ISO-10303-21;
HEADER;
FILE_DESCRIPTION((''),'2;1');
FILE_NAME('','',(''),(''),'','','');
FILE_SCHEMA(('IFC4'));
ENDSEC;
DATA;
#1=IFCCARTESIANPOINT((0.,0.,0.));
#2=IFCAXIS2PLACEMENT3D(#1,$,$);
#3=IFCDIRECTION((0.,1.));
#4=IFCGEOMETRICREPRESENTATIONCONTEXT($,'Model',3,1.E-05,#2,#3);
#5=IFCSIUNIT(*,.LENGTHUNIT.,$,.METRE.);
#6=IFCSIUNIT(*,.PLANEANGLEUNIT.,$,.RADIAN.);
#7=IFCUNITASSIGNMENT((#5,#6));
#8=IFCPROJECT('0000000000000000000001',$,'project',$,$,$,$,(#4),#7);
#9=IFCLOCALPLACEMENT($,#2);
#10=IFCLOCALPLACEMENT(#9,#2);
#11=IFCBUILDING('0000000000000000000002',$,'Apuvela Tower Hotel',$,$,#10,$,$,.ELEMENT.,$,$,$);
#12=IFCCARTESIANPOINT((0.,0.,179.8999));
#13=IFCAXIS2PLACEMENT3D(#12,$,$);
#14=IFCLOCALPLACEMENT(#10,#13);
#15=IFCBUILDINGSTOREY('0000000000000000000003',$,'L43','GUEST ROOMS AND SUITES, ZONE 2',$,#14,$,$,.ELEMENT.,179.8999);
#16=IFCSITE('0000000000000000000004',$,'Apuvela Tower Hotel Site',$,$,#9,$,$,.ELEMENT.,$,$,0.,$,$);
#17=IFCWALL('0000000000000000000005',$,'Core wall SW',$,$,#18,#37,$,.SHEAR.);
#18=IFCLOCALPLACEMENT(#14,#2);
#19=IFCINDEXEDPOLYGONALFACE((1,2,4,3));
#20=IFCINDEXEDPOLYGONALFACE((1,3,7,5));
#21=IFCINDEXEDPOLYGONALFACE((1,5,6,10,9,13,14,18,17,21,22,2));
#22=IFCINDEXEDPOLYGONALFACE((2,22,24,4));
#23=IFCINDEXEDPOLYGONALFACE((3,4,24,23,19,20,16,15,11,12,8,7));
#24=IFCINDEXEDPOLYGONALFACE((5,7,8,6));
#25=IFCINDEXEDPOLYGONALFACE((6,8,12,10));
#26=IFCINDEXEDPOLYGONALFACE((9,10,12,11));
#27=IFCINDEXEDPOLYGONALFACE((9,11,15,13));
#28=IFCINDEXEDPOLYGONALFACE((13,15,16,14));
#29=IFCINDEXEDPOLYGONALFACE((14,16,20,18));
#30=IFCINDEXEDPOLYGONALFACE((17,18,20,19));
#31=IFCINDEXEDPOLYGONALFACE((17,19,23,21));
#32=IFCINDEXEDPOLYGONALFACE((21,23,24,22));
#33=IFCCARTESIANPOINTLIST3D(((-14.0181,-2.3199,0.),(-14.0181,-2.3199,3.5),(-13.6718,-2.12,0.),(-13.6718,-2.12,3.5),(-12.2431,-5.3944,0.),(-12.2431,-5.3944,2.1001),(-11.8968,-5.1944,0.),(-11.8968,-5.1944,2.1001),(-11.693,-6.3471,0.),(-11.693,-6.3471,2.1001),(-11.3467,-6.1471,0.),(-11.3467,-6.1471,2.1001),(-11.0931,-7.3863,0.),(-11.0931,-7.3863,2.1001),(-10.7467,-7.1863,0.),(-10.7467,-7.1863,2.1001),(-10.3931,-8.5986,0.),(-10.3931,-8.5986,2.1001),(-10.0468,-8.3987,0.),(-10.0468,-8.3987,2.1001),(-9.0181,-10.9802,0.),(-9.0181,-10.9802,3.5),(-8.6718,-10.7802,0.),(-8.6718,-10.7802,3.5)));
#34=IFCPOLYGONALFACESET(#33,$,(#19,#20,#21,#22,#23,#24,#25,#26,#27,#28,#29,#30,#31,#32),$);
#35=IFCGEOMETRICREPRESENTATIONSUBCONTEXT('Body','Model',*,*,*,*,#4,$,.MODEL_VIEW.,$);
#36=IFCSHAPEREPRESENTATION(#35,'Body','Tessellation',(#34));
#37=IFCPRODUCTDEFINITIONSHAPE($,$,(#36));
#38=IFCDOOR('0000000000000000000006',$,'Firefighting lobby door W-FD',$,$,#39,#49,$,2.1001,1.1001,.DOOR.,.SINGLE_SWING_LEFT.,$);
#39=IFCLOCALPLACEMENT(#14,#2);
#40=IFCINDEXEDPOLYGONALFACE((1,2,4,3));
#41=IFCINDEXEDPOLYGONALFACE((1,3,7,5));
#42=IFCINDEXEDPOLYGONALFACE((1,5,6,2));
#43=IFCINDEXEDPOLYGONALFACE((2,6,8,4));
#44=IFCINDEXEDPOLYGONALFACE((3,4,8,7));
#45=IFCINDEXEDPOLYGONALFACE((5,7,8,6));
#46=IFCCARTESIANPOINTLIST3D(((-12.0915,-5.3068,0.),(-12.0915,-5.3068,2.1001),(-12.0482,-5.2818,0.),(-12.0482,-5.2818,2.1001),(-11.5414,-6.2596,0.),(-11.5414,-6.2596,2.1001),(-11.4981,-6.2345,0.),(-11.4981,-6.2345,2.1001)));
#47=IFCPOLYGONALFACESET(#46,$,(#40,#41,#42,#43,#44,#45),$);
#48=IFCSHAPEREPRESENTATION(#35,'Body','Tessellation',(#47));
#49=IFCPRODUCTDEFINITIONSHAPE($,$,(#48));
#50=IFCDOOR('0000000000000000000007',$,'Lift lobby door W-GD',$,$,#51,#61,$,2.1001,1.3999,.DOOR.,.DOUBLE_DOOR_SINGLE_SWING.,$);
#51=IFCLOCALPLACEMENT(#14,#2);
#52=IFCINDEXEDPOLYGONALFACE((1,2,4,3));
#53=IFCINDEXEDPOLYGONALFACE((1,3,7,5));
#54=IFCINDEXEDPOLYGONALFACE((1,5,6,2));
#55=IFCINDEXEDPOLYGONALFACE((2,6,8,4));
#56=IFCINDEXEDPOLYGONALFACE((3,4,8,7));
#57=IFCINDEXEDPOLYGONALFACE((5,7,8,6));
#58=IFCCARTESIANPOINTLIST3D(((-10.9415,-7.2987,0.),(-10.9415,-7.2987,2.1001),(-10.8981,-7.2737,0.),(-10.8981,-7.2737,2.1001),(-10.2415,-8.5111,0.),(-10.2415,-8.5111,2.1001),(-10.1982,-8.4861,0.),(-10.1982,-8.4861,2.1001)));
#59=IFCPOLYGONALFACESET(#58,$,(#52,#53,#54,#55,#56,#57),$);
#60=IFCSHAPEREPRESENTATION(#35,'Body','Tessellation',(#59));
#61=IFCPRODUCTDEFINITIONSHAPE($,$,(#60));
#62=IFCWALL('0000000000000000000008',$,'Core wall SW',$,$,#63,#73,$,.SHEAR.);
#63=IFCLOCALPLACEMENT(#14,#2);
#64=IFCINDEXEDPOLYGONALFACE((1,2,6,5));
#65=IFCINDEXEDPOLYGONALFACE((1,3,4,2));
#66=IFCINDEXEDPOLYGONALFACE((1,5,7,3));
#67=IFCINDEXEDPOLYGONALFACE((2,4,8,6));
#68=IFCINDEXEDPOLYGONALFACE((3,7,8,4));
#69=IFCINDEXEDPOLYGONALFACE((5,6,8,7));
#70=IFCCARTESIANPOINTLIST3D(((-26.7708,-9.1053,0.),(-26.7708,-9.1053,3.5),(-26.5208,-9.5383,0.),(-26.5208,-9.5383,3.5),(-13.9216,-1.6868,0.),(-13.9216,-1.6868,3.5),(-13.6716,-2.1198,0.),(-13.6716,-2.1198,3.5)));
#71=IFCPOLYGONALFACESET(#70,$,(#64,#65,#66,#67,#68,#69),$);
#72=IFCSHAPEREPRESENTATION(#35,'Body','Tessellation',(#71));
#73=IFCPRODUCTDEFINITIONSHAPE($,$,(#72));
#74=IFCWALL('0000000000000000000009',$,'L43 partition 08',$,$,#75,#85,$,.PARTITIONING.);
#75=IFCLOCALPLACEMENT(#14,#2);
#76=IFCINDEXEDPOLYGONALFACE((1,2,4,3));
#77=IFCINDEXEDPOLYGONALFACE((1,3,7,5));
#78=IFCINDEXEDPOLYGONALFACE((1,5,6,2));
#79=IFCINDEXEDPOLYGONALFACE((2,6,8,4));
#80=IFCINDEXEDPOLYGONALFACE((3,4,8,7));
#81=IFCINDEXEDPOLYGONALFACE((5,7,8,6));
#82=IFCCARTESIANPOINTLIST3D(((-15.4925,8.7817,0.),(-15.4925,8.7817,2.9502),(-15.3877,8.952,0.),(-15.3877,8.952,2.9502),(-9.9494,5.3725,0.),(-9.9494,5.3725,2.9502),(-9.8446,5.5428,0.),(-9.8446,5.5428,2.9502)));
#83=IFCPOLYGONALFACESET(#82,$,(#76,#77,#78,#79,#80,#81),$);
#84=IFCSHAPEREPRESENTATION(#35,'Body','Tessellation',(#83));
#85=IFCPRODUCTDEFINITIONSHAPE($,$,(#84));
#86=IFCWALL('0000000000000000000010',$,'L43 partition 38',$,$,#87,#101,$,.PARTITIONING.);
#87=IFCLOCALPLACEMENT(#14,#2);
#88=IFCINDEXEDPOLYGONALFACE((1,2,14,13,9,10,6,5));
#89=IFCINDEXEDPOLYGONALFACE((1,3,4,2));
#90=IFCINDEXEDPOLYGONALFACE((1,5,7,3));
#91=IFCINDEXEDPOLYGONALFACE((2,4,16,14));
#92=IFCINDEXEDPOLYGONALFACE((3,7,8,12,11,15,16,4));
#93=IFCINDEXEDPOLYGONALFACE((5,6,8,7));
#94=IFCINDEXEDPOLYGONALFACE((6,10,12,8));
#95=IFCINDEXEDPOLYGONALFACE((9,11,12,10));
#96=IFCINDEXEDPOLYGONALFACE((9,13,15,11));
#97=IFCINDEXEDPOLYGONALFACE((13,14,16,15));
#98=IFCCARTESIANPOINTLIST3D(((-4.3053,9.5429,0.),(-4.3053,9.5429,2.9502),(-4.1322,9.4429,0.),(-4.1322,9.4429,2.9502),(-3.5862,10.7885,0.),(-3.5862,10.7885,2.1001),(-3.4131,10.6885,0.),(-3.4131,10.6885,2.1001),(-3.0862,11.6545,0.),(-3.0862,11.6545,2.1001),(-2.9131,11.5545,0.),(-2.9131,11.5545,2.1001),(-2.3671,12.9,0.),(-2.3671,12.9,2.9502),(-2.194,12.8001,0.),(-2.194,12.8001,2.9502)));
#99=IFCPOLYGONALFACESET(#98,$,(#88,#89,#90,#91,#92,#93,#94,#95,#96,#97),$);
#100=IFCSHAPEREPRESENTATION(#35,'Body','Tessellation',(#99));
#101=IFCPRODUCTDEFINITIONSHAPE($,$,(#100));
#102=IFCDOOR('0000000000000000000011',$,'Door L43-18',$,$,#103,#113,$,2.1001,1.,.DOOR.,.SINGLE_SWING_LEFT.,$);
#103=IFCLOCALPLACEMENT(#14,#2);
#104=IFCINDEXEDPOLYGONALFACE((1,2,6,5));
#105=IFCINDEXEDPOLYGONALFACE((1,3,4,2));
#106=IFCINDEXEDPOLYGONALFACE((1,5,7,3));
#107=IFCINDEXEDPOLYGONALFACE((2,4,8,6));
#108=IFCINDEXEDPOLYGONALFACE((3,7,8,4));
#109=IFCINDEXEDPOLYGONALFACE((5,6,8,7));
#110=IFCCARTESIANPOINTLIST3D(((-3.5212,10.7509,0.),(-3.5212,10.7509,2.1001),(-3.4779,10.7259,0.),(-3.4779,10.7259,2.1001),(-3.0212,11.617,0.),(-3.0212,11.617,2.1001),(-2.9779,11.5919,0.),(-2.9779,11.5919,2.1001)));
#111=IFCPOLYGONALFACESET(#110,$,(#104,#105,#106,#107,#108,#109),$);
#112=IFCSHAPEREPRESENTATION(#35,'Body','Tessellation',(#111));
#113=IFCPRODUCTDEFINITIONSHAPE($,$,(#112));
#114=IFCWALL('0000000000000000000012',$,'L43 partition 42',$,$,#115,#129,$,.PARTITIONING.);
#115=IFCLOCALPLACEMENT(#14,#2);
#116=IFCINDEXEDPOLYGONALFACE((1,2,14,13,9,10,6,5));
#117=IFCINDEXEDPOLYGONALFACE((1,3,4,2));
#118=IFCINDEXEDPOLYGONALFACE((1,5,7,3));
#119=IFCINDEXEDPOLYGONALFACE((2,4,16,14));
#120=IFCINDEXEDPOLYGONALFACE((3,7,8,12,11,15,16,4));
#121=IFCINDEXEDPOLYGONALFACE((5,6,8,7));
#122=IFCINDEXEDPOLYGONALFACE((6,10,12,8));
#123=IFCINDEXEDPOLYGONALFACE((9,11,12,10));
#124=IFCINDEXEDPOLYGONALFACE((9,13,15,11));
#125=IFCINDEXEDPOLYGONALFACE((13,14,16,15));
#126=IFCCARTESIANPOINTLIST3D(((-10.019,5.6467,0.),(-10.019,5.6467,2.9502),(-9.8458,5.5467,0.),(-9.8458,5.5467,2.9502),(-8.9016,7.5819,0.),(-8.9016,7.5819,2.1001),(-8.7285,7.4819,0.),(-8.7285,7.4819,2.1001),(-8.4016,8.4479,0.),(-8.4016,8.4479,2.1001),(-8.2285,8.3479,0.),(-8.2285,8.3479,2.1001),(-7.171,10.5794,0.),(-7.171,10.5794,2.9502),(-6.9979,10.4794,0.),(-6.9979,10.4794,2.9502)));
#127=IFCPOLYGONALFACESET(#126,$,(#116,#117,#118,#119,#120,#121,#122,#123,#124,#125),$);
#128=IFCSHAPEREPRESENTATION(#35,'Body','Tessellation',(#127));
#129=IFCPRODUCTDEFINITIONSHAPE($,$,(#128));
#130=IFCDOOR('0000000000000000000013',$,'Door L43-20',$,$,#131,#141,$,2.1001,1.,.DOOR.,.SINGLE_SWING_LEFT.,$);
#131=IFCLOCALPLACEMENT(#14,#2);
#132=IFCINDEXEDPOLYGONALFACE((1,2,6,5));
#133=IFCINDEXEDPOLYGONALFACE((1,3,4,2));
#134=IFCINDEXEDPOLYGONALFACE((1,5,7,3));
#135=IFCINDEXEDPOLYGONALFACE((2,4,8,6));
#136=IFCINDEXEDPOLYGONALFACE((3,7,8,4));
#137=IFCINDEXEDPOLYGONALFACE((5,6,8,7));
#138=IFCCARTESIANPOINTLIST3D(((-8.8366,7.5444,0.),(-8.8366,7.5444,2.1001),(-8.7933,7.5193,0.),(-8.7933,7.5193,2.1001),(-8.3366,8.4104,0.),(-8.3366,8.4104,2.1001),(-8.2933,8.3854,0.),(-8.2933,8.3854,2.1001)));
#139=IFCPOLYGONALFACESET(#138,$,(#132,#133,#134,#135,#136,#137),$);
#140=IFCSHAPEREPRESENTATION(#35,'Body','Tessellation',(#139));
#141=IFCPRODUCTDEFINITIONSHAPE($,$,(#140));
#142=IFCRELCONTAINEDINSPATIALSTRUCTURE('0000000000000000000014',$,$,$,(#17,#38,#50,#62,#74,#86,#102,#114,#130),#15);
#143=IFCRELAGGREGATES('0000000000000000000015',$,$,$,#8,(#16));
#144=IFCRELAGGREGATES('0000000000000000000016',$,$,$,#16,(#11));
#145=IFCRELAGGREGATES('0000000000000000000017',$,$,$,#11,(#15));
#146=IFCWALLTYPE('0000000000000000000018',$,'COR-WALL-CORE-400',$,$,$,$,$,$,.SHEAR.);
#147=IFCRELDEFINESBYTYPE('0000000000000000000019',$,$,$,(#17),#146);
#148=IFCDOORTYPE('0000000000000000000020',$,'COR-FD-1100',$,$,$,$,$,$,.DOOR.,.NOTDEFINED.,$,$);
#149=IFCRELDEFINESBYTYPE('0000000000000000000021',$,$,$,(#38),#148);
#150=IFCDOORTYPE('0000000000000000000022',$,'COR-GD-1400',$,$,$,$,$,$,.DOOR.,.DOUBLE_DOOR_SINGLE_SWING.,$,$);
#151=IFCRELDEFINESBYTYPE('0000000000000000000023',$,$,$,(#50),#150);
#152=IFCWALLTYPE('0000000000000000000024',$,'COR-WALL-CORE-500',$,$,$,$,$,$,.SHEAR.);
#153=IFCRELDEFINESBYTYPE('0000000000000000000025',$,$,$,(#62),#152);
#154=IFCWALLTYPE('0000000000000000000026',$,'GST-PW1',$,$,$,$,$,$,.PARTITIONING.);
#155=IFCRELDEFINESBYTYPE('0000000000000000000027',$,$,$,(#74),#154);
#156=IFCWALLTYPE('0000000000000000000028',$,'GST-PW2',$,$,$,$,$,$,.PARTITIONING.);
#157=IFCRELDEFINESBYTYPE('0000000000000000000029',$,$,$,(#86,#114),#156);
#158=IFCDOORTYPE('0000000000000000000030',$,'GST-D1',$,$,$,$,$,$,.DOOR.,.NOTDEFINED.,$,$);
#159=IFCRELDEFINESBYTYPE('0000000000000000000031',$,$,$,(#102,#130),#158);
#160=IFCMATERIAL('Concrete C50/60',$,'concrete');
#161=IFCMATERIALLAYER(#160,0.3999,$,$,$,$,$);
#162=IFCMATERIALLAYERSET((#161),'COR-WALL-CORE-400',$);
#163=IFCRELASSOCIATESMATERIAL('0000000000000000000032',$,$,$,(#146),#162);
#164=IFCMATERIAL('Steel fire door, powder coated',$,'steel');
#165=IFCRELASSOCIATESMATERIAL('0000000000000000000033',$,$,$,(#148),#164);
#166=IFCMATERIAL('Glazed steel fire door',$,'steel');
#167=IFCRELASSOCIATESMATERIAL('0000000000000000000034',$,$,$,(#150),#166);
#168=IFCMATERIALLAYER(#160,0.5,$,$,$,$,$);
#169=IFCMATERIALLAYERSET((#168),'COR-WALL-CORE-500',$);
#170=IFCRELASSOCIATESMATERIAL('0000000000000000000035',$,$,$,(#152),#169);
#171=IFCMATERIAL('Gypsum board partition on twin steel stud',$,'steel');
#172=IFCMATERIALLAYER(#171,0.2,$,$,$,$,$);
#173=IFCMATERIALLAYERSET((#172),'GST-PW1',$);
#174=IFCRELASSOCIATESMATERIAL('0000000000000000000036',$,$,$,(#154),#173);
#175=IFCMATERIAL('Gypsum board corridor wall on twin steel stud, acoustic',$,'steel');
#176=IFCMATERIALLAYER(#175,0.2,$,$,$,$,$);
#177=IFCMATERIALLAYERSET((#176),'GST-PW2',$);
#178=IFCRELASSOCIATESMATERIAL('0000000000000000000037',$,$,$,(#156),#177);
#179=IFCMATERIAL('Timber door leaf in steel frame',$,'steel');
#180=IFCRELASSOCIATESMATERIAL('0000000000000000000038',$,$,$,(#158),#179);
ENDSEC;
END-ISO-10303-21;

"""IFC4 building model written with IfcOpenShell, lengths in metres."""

from ifc_helpers import new_model, si_unit, direction, frame, frame_2d, origin, place, context, subcontext, project, spatial, rectangle, extrude, material, layer, layer_set, type_object, element, fill, save


model = new_model("IFC4")

# Units and contexts
model_context = context("Model", 3, precision=1e-05, world=origin(), true_north=direction((0.0, 1.0)))
body_context = subcontext(model_context, "Body", "Model", "MODEL_VIEW")
ifc_project = project(units=[si_unit("LENGTHUNIT", "METRE"), si_unit("PLANEANGLEUNIT", "RADIAN")], contexts=[model_context])

# Site, building, storey
site_placement = place(None, origin())
site = spatial("IfcSite", under=ifc_project, at=site_placement, Name="Apuvela Tower Hotel Site", CompositionType="ELEMENT", RefElevation=0.0)
building_placement = place(site_placement, origin())
building = spatial("IfcBuilding", under=site, at=building_placement, Name="Apuvela Tower Hotel", CompositionType="ELEMENT")
storey_placement = place(building_placement, frame((0.0, 0.0, 179.8999)))
storey = spatial("IfcBuildingStorey", under=building, at=storey_placement, Name="L43", Description="GUEST ROOMS AND SUITES, ZONE 2", CompositionType="ELEMENT", Elevation=179.8999)

# Wall, openings, doors
ifc_material_1 = material(Name="Concrete C50/60", Category="concrete")
ifc_layer_1 = layer(ifc_material_1, 0.3999)
ifc_layer_set_1 = layer_set([ifc_layer_1], Name="COR-WALL-CORE-400")
wall_type_1 = type_object("IfcWallType", Name="COR-WALL-CORE-400", PredefinedType="SHEAR", material=ifc_layer_set_1)
wall_1_placement = place(storey_placement, frame((-13.845, -2.22, 0.0), z_axis=(0.0, 0.0, 1.0), x_axis=(0.500004, -0.866023, 0.0)))
wall_1 = element("IfcWall", 1, at=wall_1_placement, inside=storey, type_object=wall_type_1, Name="Core wall SW", PredefinedType="SHEAR", context=body_context, shape_type="SweptSolid", body=[
    extrude(rectangle(XDim=10.0, YDim=0.3999, at=frame_2d((5.0, 0.0))), origin(), (0.0, 0.0, 1.0), 3.5),
])
opening_1_placement = place(wall_1_placement, frame((3.55, 0.0, 0.0)))
opening_1 = element("IfcOpeningElement", 2, at=opening_1_placement, cuts=wall_1, PredefinedType="OPENING", context=body_context, shape_type="SweptSolid", body=[
    extrude(rectangle(XDim=1.1001, YDim=2.1001, at=frame_2d((0.55, 1.05))), frame((0.0, 0.21, 0.0), z_axis=(0.0, -1.0, 0.0), x_axis=(1.0, 0.0, 0.0)), (0.0, 0.0, 1.0), 0.4199),
])
opening_2_placement = place(wall_1_placement, frame((5.8501, 0.0, 0.0)))
opening_2 = element("IfcOpeningElement", 3, at=opening_2_placement, cuts=wall_1, PredefinedType="OPENING", context=body_context, shape_type="SweptSolid", body=[
    extrude(rectangle(XDim=1.3999, YDim=2.1001, at=frame_2d((0.7, 1.05))), frame((0.0, 0.21, 0.0), z_axis=(0.0, -1.0, 0.0), x_axis=(1.0, 0.0, 0.0)), (0.0, 0.0, 1.0), 0.4199),
])
ifc_material_2 = material(Name="Steel fire door, powder coated", Category="steel")
door_type_1 = type_object("IfcDoorType", Name="COR-FD-1100", OperationType="NOTDEFINED", PredefinedType="DOOR", material=ifc_material_2)
door_1_placement = place(opening_1_placement, frame((1.1001, 0.0, 0.0), z_axis=(0.0, 0.0, 1.0), x_axis=(-1.0, 0.0, 0.0)))
door_1 = element("IfcDoor", 4, at=door_1_placement, inside=storey, type_object=door_type_1, Name="Firefighting lobby door W-FD", OperationType="SINGLE_SWING_LEFT", OverallHeight=2.1001, OverallWidth=1.1001, PredefinedType="DOOR", context=body_context, shape_type="SweptSolid", body=[
    extrude(rectangle(XDim=1.1001, YDim=2.1001, at=frame_2d((0.55, 1.05))), frame((0.0, 0.0249, 0.0), z_axis=(0.0, -1.0, 0.0), x_axis=(1.0, 0.0, 0.0)), (0.0, 0.0, 1.0), 0.05),
])
fill(opening_1, door_1)
ifc_material_3 = material(Name="Glazed steel fire door", Category="steel")
door_type_2 = type_object("IfcDoorType", Name="COR-GD-1400", OperationType="DOUBLE_DOOR_SINGLE_SWING", PredefinedType="DOOR", material=ifc_material_3)
door_2_placement = place(opening_2_placement, frame((1.3999, 0.0, 0.0), z_axis=(0.0, 0.0, 1.0), x_axis=(-1.0, 0.0, 0.0)))
door_2 = element("IfcDoor", 5, at=door_2_placement, inside=storey, type_object=door_type_2, Name="Lift lobby door W-GD", OperationType="DOUBLE_DOOR_SINGLE_SWING", OverallHeight=2.1001, OverallWidth=1.3999, PredefinedType="DOOR", context=body_context, shape_type="SweptSolid", body=[
    extrude(rectangle(XDim=1.3999, YDim=2.1001, at=frame_2d((0.7, 1.05))), frame((0.0, 0.0249, 0.0), z_axis=(0.0, -1.0, 0.0), x_axis=(1.0, 0.0, 0.0)), (0.0, 0.0, 1.0), 0.05),
])
fill(opening_2, door_2)

# Walls
ifc_layer_2 = layer(ifc_material_1, 0.5)
ifc_layer_set_2 = layer_set([ifc_layer_2], Name="COR-WALL-CORE-500")
wall_type_2 = type_object("IfcWallType", Name="COR-WALL-CORE-500", PredefinedType="SHEAR", material=ifc_layer_set_2)
wall_2_placement = place(storey_placement, frame((-13.7966, -1.9033, 0.0), z_axis=(0.0, 0.0, 1.0), x_axis=(-0.866025, -0.500001, 0.0)))
element("IfcWall", 6, at=wall_2_placement, inside=storey, type_object=wall_type_2, Name="Core wall SW", PredefinedType="SHEAR", context=body_context, shape_type="SweptSolid", body=[
    extrude(rectangle(XDim=14.8369, YDim=0.5, at=frame_2d((7.4185, 0.0))), origin(), (0.0, 0.0, 1.0), 3.5),
])
ifc_material_4 = material(Name="Gypsum board partition on twin steel stud", Category="steel")
ifc_layer_3 = layer(ifc_material_4, 0.2)
ifc_layer_set_3 = layer_set([ifc_layer_3], Name="GST-PW1")
wall_type_3 = type_object("IfcWallType", Name="GST-PW1", PredefinedType="PARTITIONING", material=ifc_layer_set_3)
wall_3_placement = place(storey_placement, frame((-15.4402, 8.8669, 0.0), z_axis=(0.0, 0.0, 1.0), x_axis=(0.851787, -0.523888, 0.0)))
element("IfcWall", 7, at=wall_3_placement, inside=storey, type_object=wall_type_3, Name="L43 partition 08", PredefinedType="PARTITIONING", context=body_context, shape_type="SweptSolid", body=[
    extrude(rectangle(XDim=6.5076, YDim=0.2, at=frame_2d((3.2539, 0.0))), origin(), (0.0, 0.0, 1.0), 2.9502),
])

# Walls, openings, doors
ifc_material_5 = material(Name="Gypsum board corridor wall on twin steel stud, acoustic", Category="steel")
ifc_layer_4 = layer(ifc_material_5, 0.2)
ifc_layer_set_4 = layer_set([ifc_layer_4], Name="GST-PW2")
wall_type_4 = type_object("IfcWallType", Name="GST-PW2", PredefinedType="PARTITIONING", material=ifc_layer_set_4)
wall_4_placement = place(storey_placement, frame((-4.2188, 9.4929, 0.0), z_axis=(0.0, 0.0, 1.0), x_axis=(0.499993, 0.866029, 0.0)))
wall_4 = element("IfcWall", 8, at=wall_4_placement, inside=storey, type_object=wall_type_4, Name="L43 partition 38", PredefinedType="PARTITIONING", context=body_context, shape_type="SweptSolid", body=[
    extrude(rectangle(XDim=3.8765, YDim=0.2, at=frame_2d((1.9382, 0.0))), origin(), (0.0, 0.0, 1.0), 2.9502),
])
opening_3_placement = place(wall_4_placement, frame((1.4382, 0.0, 0.0)))
opening_3 = element("IfcOpeningElement", 9, at=opening_3_placement, cuts=wall_4, PredefinedType="OPENING", context=body_context, shape_type="SweptSolid", body=[
    extrude(rectangle(XDim=1.0, YDim=2.1001, at=frame_2d((0.5, 1.05))), frame((0.0, 0.1099, 0.0), z_axis=(0.0, -1.0, 0.0), x_axis=(1.0, 0.0, 0.0)), (0.0, 0.0, 1.0), 0.22),
])
ifc_material_6 = material(Name="Timber door leaf in steel frame", Category="steel")
door_type_3 = type_object("IfcDoorType", Name="GST-D1", OperationType="NOTDEFINED", PredefinedType="DOOR", material=ifc_material_6)
door_3_placement = place(opening_3_placement, origin())
door_3 = element("IfcDoor", 10, at=door_3_placement, inside=storey, type_object=door_type_3, Name="Door L43-18", OperationType="SINGLE_SWING_LEFT", OverallHeight=2.1001, OverallWidth=1.0, PredefinedType="DOOR", context=body_context, shape_type="SweptSolid", body=[
    extrude(rectangle(XDim=1.0, YDim=2.1001, at=frame_2d((0.5, 1.05))), frame((0.0, 0.0249, 0.0), z_axis=(0.0, -1.0, 0.0), x_axis=(1.0, 0.0, 0.0)), (0.0, 0.0, 1.0), 0.05),
])
fill(opening_3, door_3)
wall_5_placement = place(storey_placement, frame((-9.9324, 5.5967, 0.0), z_axis=(0.0, 0.0, 1.0), x_axis=(0.500007, 0.866021, 0.0)))
wall_5 = element("IfcWall", 11, at=wall_5_placement, inside=storey, type_object=wall_type_4, Name="L43 partition 42", PredefinedType="PARTITIONING", context=body_context, shape_type="SweptSolid", body=[
    extrude(rectangle(XDim=5.6958, YDim=0.2, at=frame_2d((2.8479, 0.0))), origin(), (0.0, 0.0, 1.0), 2.9502),
])
opening_4_placement = place(wall_5_placement, frame((2.2346, 0.0, 0.0)))
opening_4 = element("IfcOpeningElement", 12, at=opening_4_placement, cuts=wall_5, PredefinedType="OPENING", context=body_context, shape_type="SweptSolid", body=[
    extrude(rectangle(XDim=1.0, YDim=2.1001, at=frame_2d((0.5, 1.05))), frame((0.0, 0.1099, 0.0), z_axis=(0.0, -1.0, 0.0), x_axis=(1.0, 0.0, 0.0)), (0.0, 0.0, 1.0), 0.22),
])
door_4_placement = place(opening_4_placement, origin())
door_4 = element("IfcDoor", 13, at=door_4_placement, inside=storey, type_object=door_type_3, Name="Door L43-20", OperationType="SINGLE_SWING_LEFT", OverallHeight=2.1001, OverallWidth=1.0, PredefinedType="DOOR", context=body_context, shape_type="SweptSolid", body=[
    extrude(rectangle(XDim=1.0, YDim=2.1001, at=frame_2d((0.5, 1.05))), frame((0.0, 0.0249, 0.0), z_axis=(0.0, -1.0, 0.0), x_axis=(1.0, 0.0, 0.0)), (0.0, 0.0, 1.0), 0.05),
])
fill(opening_4, door_4)

save(model, "model.ifc")
